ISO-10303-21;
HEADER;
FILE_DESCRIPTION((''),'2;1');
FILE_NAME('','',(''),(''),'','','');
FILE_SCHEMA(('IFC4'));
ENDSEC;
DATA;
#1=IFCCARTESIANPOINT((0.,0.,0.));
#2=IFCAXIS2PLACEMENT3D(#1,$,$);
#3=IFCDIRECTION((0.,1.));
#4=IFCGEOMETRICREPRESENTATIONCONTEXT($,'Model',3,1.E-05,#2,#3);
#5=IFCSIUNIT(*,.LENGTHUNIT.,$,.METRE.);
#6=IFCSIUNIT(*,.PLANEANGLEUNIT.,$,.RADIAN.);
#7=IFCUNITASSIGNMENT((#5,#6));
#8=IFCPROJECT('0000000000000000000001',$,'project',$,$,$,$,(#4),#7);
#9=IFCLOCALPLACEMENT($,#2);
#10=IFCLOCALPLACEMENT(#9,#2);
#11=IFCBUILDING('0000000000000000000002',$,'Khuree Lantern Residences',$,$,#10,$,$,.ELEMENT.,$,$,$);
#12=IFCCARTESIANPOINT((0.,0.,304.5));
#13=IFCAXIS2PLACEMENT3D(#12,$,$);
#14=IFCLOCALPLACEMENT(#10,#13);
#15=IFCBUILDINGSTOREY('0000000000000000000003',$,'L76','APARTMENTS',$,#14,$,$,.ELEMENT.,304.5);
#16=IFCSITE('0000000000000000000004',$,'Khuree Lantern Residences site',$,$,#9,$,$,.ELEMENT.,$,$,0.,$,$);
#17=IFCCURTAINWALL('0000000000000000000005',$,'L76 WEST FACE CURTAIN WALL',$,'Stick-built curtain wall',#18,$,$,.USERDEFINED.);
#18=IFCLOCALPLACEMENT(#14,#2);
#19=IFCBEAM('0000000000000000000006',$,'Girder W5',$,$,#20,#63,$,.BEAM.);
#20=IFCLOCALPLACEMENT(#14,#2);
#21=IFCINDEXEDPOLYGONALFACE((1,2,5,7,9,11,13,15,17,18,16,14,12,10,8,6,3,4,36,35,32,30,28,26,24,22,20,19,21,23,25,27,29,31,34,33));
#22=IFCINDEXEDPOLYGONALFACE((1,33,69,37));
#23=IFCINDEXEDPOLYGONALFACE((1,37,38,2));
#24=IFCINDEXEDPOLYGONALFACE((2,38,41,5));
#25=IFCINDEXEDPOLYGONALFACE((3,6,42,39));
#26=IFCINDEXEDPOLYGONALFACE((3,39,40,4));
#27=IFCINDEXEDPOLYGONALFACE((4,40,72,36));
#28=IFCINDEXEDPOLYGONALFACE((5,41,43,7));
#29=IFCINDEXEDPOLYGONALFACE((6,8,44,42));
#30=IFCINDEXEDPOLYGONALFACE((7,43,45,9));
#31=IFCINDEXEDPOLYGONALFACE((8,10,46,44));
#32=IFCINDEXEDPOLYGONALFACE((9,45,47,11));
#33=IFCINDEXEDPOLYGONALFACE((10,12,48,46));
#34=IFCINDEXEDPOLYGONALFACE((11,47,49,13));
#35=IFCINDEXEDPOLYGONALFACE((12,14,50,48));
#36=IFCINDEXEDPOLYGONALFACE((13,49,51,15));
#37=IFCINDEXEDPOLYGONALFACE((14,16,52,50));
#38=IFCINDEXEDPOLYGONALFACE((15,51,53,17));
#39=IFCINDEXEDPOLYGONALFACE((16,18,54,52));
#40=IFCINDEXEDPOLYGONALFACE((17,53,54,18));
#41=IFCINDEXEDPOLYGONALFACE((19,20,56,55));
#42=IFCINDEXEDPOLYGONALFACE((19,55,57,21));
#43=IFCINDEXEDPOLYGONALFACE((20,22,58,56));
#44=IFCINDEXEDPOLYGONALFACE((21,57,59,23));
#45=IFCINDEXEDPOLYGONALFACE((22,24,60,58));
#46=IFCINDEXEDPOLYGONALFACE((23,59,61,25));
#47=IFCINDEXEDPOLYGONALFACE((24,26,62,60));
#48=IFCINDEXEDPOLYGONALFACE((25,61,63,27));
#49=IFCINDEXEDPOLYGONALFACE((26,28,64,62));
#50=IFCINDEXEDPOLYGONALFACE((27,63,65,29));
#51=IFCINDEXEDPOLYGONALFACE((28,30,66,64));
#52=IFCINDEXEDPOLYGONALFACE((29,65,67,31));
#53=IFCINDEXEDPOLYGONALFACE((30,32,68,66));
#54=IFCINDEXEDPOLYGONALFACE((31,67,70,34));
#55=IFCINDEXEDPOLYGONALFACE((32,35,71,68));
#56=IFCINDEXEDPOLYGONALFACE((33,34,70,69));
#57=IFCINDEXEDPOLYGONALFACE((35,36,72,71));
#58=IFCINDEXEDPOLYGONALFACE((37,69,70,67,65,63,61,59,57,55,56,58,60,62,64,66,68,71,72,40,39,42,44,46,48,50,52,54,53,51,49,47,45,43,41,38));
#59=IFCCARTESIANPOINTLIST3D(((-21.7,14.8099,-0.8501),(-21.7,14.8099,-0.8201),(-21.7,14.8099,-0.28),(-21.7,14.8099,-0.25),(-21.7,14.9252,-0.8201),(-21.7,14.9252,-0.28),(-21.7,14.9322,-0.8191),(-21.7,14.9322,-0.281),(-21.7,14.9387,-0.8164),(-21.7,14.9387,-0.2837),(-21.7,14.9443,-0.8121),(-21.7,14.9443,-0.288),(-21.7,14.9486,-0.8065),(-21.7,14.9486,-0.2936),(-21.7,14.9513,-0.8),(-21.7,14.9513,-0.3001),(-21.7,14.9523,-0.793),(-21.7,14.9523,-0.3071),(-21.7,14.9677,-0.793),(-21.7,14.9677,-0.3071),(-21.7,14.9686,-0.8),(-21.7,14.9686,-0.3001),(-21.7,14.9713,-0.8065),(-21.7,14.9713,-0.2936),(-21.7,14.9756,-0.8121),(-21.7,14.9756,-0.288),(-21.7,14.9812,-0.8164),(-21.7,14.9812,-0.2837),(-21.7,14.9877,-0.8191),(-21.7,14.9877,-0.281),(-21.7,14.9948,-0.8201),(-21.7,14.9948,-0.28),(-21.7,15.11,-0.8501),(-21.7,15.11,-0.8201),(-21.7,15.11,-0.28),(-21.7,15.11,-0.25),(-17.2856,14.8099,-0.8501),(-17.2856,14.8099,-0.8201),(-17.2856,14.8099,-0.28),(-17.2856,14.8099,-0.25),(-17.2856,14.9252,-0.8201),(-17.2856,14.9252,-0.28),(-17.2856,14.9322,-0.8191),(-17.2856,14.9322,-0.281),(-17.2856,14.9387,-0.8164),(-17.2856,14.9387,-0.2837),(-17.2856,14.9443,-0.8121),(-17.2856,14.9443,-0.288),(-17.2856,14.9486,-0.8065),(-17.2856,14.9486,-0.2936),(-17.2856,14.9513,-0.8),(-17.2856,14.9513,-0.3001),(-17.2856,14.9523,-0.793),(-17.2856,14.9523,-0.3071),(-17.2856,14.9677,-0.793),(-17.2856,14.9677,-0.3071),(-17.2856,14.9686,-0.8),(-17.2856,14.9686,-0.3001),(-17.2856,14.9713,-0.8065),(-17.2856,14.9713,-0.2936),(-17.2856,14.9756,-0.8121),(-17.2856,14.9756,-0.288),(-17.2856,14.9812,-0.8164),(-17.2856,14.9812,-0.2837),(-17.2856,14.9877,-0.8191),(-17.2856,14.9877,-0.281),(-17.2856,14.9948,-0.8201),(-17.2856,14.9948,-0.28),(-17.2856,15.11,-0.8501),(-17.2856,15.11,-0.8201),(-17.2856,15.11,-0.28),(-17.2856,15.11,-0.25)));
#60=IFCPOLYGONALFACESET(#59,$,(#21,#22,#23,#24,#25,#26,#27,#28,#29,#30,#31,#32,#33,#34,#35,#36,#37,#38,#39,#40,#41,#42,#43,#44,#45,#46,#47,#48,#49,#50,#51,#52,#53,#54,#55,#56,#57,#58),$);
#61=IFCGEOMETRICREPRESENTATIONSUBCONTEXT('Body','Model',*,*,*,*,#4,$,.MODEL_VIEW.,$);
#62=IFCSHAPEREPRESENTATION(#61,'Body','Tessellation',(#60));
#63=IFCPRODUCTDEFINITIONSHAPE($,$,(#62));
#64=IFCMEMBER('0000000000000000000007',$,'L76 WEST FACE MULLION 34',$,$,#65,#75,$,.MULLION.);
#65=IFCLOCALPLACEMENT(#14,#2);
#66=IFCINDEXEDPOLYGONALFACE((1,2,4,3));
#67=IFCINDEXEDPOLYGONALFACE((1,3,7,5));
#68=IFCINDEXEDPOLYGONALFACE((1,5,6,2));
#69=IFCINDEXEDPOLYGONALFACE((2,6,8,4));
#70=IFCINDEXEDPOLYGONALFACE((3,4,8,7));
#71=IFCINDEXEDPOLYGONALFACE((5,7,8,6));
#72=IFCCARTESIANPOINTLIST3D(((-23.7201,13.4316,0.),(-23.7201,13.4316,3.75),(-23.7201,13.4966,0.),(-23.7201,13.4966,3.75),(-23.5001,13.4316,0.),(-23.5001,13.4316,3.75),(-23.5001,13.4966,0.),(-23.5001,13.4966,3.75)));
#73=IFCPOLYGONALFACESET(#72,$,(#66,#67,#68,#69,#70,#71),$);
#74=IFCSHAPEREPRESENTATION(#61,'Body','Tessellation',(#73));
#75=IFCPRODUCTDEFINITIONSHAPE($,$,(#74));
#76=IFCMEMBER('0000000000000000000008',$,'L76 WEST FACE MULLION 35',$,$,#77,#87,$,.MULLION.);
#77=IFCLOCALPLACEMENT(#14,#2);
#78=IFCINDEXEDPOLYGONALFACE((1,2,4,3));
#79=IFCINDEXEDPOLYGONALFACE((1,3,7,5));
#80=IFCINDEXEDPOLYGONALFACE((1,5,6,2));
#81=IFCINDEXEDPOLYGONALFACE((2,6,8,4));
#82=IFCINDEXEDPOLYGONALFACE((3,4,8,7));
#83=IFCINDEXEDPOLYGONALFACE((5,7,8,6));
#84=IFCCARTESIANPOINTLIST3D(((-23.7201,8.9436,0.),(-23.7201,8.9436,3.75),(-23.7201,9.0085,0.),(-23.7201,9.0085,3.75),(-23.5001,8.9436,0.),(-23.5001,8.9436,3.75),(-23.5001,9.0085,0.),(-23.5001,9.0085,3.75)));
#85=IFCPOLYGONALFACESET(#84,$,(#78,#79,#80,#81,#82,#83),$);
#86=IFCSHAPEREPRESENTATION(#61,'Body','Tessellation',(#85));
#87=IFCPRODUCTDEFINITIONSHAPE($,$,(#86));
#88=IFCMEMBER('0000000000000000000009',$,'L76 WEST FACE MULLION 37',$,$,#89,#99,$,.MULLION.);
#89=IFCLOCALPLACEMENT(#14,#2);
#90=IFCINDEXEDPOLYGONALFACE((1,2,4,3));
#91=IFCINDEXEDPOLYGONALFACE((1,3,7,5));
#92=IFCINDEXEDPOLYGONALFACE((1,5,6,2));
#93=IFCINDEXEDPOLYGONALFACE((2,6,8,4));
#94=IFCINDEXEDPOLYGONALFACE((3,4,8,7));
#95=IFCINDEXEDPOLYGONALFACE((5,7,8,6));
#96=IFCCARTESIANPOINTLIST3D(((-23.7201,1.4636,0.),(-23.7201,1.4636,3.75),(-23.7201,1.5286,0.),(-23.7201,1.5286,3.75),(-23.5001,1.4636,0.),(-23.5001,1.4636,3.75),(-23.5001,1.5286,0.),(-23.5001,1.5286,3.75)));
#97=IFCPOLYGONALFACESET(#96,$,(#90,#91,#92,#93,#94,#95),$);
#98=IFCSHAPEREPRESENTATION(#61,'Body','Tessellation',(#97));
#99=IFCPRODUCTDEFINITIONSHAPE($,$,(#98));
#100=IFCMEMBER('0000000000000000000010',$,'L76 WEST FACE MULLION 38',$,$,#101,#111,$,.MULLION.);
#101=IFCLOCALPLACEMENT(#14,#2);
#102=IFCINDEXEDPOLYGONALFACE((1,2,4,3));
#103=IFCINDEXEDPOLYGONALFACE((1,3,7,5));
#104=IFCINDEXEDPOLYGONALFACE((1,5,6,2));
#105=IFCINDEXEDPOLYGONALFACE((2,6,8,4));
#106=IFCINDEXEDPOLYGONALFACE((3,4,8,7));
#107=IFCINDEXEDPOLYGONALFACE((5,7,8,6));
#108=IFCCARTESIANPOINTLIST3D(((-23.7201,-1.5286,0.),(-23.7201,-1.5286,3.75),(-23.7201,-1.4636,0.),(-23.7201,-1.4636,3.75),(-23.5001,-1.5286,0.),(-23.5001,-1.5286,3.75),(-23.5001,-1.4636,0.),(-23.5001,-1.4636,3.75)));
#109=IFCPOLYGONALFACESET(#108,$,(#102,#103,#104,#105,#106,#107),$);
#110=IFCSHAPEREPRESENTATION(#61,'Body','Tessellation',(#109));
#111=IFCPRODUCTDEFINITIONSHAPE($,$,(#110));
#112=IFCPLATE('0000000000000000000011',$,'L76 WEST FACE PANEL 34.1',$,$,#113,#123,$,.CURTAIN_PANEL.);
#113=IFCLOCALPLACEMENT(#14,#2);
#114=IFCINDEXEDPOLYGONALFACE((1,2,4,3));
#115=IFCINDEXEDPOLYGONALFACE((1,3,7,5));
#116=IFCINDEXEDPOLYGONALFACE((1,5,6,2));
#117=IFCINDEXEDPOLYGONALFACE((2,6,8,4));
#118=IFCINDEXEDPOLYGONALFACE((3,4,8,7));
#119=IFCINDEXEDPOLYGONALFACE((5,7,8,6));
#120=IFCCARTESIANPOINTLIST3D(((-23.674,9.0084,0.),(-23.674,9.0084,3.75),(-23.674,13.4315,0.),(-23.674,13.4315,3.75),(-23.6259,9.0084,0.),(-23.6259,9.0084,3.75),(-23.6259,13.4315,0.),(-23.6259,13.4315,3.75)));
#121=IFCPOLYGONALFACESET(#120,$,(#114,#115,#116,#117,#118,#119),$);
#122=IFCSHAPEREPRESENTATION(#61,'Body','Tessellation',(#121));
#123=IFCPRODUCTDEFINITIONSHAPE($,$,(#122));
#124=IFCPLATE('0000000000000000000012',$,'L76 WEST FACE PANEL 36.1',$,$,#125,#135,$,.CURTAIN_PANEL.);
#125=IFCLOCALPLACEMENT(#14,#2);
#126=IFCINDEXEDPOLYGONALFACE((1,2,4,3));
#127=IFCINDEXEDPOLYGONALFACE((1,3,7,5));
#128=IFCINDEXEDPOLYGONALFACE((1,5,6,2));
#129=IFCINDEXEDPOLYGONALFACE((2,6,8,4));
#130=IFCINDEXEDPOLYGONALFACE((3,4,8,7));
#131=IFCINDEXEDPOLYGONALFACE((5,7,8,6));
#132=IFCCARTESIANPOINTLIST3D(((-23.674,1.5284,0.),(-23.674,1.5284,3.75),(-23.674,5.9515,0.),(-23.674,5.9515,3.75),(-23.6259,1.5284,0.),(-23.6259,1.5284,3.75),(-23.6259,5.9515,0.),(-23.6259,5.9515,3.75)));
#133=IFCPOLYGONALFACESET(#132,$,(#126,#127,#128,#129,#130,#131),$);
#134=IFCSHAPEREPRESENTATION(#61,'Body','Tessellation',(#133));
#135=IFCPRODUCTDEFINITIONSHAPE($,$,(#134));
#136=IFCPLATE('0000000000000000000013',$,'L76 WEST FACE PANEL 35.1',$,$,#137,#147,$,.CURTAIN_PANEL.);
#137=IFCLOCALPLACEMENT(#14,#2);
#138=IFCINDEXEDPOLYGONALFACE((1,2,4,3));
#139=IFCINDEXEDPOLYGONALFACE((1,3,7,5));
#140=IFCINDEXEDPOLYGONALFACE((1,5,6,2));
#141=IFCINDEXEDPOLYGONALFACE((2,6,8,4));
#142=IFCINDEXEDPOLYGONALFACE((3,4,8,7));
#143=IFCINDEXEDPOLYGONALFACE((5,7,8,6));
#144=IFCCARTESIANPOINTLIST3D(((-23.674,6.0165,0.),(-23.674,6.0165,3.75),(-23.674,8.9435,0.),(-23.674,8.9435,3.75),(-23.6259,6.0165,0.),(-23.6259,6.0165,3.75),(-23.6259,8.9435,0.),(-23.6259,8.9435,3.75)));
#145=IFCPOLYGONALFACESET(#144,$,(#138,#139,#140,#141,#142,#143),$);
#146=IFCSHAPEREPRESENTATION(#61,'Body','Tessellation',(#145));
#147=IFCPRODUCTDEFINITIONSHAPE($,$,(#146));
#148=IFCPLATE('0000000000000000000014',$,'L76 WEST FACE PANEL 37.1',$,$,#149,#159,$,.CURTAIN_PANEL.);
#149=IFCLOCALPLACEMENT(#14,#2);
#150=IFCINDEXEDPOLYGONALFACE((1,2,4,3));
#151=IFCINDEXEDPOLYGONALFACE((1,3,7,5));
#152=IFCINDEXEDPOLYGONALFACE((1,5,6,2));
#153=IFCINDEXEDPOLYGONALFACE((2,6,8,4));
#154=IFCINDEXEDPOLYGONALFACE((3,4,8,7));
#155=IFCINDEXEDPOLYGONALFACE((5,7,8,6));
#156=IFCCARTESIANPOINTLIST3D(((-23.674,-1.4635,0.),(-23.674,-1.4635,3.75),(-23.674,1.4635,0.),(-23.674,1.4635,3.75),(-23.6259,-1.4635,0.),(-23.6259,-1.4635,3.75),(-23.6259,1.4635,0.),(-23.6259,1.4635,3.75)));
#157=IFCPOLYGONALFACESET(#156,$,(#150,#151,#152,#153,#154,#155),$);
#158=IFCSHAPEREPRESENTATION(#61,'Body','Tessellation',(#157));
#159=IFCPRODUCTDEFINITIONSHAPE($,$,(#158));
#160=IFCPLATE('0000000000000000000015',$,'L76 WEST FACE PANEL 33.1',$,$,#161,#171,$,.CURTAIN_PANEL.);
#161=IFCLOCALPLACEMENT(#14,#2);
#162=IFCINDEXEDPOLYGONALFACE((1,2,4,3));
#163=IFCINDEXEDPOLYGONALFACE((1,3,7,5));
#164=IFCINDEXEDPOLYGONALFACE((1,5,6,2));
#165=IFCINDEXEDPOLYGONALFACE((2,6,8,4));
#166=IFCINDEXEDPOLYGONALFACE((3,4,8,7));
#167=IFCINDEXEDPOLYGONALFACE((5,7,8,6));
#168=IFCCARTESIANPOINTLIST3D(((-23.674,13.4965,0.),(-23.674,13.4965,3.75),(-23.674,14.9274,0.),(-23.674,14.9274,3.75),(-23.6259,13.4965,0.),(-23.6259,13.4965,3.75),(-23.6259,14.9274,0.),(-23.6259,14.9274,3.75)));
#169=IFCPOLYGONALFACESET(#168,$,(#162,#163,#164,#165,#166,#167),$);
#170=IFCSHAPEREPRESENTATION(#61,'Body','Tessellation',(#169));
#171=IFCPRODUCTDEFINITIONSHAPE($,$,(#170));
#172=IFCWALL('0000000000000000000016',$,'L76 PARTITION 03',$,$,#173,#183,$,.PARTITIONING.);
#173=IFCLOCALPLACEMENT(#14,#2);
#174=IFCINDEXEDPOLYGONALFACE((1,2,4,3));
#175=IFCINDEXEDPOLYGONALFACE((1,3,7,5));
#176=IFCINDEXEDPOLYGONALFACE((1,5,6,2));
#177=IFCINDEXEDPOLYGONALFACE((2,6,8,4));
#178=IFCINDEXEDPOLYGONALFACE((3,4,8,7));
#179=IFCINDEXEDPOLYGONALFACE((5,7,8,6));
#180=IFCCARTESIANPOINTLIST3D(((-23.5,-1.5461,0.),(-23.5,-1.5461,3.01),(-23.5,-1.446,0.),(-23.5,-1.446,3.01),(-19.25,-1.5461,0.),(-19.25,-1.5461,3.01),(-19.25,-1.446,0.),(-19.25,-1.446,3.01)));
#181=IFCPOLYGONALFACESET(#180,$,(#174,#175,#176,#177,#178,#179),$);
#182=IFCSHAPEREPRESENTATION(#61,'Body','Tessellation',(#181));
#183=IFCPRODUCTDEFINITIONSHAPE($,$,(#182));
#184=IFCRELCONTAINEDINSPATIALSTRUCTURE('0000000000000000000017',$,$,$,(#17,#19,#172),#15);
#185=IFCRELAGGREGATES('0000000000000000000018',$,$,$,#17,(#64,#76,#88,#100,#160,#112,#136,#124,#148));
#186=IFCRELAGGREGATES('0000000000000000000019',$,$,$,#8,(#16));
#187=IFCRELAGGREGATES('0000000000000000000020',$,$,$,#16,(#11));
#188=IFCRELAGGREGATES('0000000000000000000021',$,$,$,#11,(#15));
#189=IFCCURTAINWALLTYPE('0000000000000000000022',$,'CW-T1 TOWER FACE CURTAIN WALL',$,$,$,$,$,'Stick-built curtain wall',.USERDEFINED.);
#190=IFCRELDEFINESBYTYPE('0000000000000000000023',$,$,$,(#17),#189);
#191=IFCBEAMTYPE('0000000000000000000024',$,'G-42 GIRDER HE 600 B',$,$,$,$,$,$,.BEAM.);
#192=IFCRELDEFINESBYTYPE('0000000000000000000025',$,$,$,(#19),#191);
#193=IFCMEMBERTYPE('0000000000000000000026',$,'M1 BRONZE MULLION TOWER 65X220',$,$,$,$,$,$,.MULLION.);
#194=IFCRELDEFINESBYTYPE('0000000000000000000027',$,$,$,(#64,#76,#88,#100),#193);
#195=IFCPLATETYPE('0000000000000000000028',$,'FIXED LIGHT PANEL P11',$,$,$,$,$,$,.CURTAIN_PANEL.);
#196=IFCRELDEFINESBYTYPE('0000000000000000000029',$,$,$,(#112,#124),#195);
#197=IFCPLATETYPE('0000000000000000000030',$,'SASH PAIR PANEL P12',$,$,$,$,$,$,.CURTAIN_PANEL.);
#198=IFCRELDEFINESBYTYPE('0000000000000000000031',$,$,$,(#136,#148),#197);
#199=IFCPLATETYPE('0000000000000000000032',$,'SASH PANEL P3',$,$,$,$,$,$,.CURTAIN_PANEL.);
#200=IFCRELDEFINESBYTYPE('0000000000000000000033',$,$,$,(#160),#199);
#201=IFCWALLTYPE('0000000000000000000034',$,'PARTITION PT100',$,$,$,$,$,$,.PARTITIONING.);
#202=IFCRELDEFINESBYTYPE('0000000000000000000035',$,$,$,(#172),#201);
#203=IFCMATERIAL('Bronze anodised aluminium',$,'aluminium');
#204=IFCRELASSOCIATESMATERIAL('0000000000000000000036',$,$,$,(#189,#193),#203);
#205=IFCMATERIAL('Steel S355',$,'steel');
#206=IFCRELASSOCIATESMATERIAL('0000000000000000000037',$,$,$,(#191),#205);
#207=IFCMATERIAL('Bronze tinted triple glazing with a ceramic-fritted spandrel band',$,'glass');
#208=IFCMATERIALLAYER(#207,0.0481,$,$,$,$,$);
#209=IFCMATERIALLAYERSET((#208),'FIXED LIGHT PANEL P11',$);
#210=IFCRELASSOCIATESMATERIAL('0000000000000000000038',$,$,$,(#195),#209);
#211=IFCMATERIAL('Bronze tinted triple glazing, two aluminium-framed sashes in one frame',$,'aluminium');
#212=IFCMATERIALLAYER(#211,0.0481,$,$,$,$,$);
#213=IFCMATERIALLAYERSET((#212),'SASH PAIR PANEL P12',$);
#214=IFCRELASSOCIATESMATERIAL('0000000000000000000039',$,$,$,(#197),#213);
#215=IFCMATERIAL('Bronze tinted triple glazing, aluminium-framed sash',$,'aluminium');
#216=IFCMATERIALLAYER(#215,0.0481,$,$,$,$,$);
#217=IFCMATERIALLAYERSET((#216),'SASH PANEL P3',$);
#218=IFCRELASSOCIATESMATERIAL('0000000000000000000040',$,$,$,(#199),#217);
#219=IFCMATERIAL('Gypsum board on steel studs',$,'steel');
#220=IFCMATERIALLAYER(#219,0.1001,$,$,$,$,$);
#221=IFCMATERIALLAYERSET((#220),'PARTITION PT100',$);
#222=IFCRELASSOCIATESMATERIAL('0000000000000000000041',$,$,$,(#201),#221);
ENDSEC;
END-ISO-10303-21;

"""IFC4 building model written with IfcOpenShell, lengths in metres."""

from ifc_helpers import new_model, si_unit, direction, frame, frame_2d, origin, origin_2d, place, context, subcontext, project, spatial, rectangle, i_section, extrude, material, layer, layer_set, material_profile, profile_set, type_object, element, aggregate, save


model = new_model("IFC4")

# Units and contexts
model_context = context("Model", 3, precision=1e-05, world=origin(), true_north=direction((0.0, 1.0)))
body_context = subcontext(model_context, "Body", "Model", "MODEL_VIEW")
ifc_project = project(units=[si_unit("LENGTHUNIT", "METRE"), si_unit("PLANEANGLEUNIT", "RADIAN")], contexts=[model_context])

# Site, building, storey
site_placement = place(None, origin())
site = spatial("IfcSite", under=ifc_project, at=site_placement, Name="Khuree Lantern Residences site", CompositionType="ELEMENT", RefElevation=0.0)
building_placement = place(site_placement, origin())
building = spatial("IfcBuilding", under=site, at=building_placement, Name="Khuree Lantern Residences", CompositionType="ELEMENT")
storey_placement = place(building_placement, frame((0.0, 0.0, 304.5)))
storey = spatial("IfcBuildingStorey", under=building, at=storey_placement, Name="L76", Description="APARTMENTS", CompositionType="ELEMENT", Elevation=304.5)

# Shared definitions
ifc_material_1 = material(Name="Steel S355", Category="steel")

# Curtain wall
ifc_material_2 = material(Name="Bronze anodised aluminium", Category="aluminium")
curtain_wall_type = type_object("IfcCurtainWallType", Name="CW-T1 TOWER FACE CURTAIN WALL", ElementType="Stick-built curtain wall", PredefinedType="USERDEFINED", material=ifc_material_2)
curtain_wall_placement = place(storey_placement, origin())
curtain_wall = element("IfcCurtainWall", 1, at=curtain_wall_placement, inside=storey, type_object=curtain_wall_type, Name="L76 WEST FACE CURTAIN WALL", ObjectType="Stick-built curtain wall", PredefinedType="USERDEFINED")

# Beam
ifc_material_profile_1 = material_profile(ifc_material_1, i_section(OverallWidth=0.3, OverallDepth=0.6001, WebThickness=0.0154, FlangeThickness=0.03, FilletRadius=0.0271, at=origin_2d()), Name="HE 600 B")
ifc_profile_set_1 = profile_set([ifc_material_profile_1], Name="Steel S355")
beam_type_1 = type_object("IfcBeamType", Name="G-42 GIRDER HE 600 B", PredefinedType="BEAM", material=ifc_profile_set_1)
beam_placement = place(storey_placement, frame((-21.7, 14.96, -0.55), z_axis=(1.0, 0.0, 0.0), x_axis=(0.0, 1.0, 0.0)))
element("IfcBeam", 2, at=beam_placement, inside=storey, type_object=beam_type_1, Name="Girder W5", PredefinedType="BEAM", context=body_context, shape_type="SweptSolid", body=[
    extrude(i_section(OverallWidth=0.3, OverallDepth=0.6001, WebThickness=0.0154, FlangeThickness=0.03, FilletRadius=0.0271, at=origin_2d()), origin(), (0.0, 0.0, 1.0), 4.4143),
])

# Members
ifc_material_profile_2 = material_profile(ifc_material_2, rectangle(XDim=0.0649, YDim=0.22, at=origin_2d()), Name="M1 65X220")
ifc_profile_set_2 = profile_set([ifc_material_profile_2], Name="Bronze anodised aluminium")
member_type_1 = type_object("IfcMemberType", Name="M1 BRONZE MULLION TOWER 65X220", PredefinedType="MULLION", material=ifc_profile_set_2)
member_1_placement = place(storey_placement, frame((-23.6101, 13.4641, 0.0), z_axis=(0.0, 0.0, 1.0), x_axis=(0.0, -1.0, 0.0)))
member_1 = element("IfcMember", 3, at=member_1_placement, type_object=member_type_1, Name="L76 WEST FACE MULLION 34", PredefinedType="MULLION", context=body_context, shape_type="SweptSolid", body=[
    extrude(rectangle(XDim=0.0649, YDim=0.22, at=origin_2d()), origin(), (0.0, 0.0, 1.0), 3.75),
])
member_2_placement = place(storey_placement, frame((-23.6101, 8.9761, 0.0), z_axis=(0.0, 0.0, 1.0), x_axis=(0.0, -1.0, 0.0)))
member_2 = element("IfcMember", 4, at=member_2_placement, type_object=member_type_1, Name="L76 WEST FACE MULLION 35", PredefinedType="MULLION", context=body_context, shape_type="SweptSolid", body=[
    extrude(rectangle(XDim=0.0649, YDim=0.22, at=origin_2d()), origin(), (0.0, 0.0, 1.0), 3.75),
])
member_3_placement = place(storey_placement, frame((-23.6101, 1.4961, 0.0), z_axis=(0.0, 0.0, 1.0), x_axis=(0.0, -1.0, 0.0)))
member_3 = element("IfcMember", 5, at=member_3_placement, type_object=member_type_1, Name="L76 WEST FACE MULLION 37", PredefinedType="MULLION", context=body_context, shape_type="SweptSolid", body=[
    extrude(rectangle(XDim=0.0649, YDim=0.22, at=origin_2d()), origin(), (0.0, 0.0, 1.0), 3.75),
])
member_4_placement = place(storey_placement, frame((-23.6101, -1.4961, 0.0), z_axis=(0.0, 0.0, 1.0), x_axis=(0.0, -1.0, 0.0)))
member_4 = element("IfcMember", 6, at=member_4_placement, type_object=member_type_1, Name="L76 WEST FACE MULLION 38", PredefinedType="MULLION", context=body_context, shape_type="SweptSolid", body=[
    extrude(rectangle(XDim=0.0649, YDim=0.22, at=origin_2d()), origin(), (0.0, 0.0, 1.0), 3.75),
])

# Plates
ifc_material_3 = material(Name="Bronze tinted triple glazing with a ceramic-fritted spandrel band", Category="glass")
ifc_layer_1 = layer(ifc_material_3, 0.0481)
ifc_layer_set_1 = layer_set([ifc_layer_1], Name="FIXED LIGHT PANEL P11")
plate_type_1 = type_object("IfcPlateType", Name="FIXED LIGHT PANEL P11", PredefinedType="CURTAIN_PANEL", material=ifc_layer_set_1)
plate_1_placement = place(storey_placement, frame((-23.6499, 11.22, 0.0), z_axis=(0.0, 0.0, 1.0), x_axis=(0.0, -1.0, 0.0)))
plate_1 = element("IfcPlate", 7, at=plate_1_placement, type_object=plate_type_1, Name="L76 WEST FACE PANEL 34.1", PredefinedType="CURTAIN_PANEL", context=body_context, shape_type="SweptSolid", body=[
    extrude(rectangle(XDim=4.4231, YDim=0.0481, at=origin_2d()), origin(), (0.0, 0.0, 1.0), 3.75),
])
plate_2_placement = place(storey_placement, frame((-23.6499, 3.74, 0.0), z_axis=(0.0, 0.0, 1.0), x_axis=(0.0, -1.0, 0.0)))
plate_2 = element("IfcPlate", 8, at=plate_2_placement, type_object=plate_type_1, Name="L76 WEST FACE PANEL 36.1", PredefinedType="CURTAIN_PANEL", context=body_context, shape_type="SweptSolid", body=[
    extrude(rectangle(XDim=4.4231, YDim=0.0481, at=origin_2d()), origin(), (0.0, 0.0, 1.0), 3.75),
])
ifc_material_4 = material(Name="Bronze tinted triple glazing, two aluminium-framed sashes in one frame", Category="aluminium")
ifc_layer_2 = layer(ifc_material_4, 0.0481)
ifc_layer_set_2 = layer_set([ifc_layer_2], Name="SASH PAIR PANEL P12")
plate_type_2 = type_object("IfcPlateType", Name="SASH PAIR PANEL P12", PredefinedType="CURTAIN_PANEL", material=ifc_layer_set_2)
plate_3_placement = place(storey_placement, frame((-23.6499, 7.48, 0.0), z_axis=(0.0, 0.0, 1.0), x_axis=(0.0, -1.0, 0.0)))
plate_3 = element("IfcPlate", 9, at=plate_3_placement, type_object=plate_type_2, Name="L76 WEST FACE PANEL 35.1", PredefinedType="CURTAIN_PANEL", context=body_context, shape_type="SweptSolid", body=[
    extrude(rectangle(XDim=2.927, YDim=0.0481, at=origin_2d()), origin(), (0.0, 0.0, 1.0), 3.75),
])
plate_4_placement = place(storey_placement, frame((-23.6499, 0.0, 0.0), z_axis=(0.0, 0.0, 1.0), x_axis=(0.0, -1.0, 0.0)))
plate_4 = element("IfcPlate", 10, at=plate_4_placement, type_object=plate_type_2, Name="L76 WEST FACE PANEL 37.1", PredefinedType="CURTAIN_PANEL", context=body_context, shape_type="SweptSolid", body=[
    extrude(rectangle(XDim=2.927, YDim=0.0481, at=origin_2d()), origin(), (0.0, 0.0, 1.0), 3.75),
])
ifc_material_5 = material(Name="Bronze tinted triple glazing, aluminium-framed sash", Category="aluminium")
ifc_layer_3 = layer(ifc_material_5, 0.0481)
ifc_layer_set_3 = layer_set([ifc_layer_3], Name="SASH PANEL P3")
plate_type_3 = type_object("IfcPlateType", Name="SASH PANEL P3", PredefinedType="CURTAIN_PANEL", material=ifc_layer_set_3)
plate_5_placement = place(storey_placement, frame((-23.6499, 14.2119, 0.0), z_axis=(0.0, 0.0, 1.0), x_axis=(0.0, -1.0, 0.0)))
plate_5 = element("IfcPlate", 11, at=plate_5_placement, type_object=plate_type_3, Name="L76 WEST FACE PANEL 33.1", PredefinedType="CURTAIN_PANEL", context=body_context, shape_type="SweptSolid", body=[
    extrude(rectangle(XDim=1.4309, YDim=0.0481, at=origin_2d()), origin(), (0.0, 0.0, 1.0), 3.75),
])
aggregate(curtain_wall, [member_1, member_2, member_3, member_4, plate_5, plate_1, plate_3, plate_2, plate_4])

# Wall
ifc_material_6 = material(Name="Gypsum board on steel studs", Category="steel")
ifc_layer_4 = layer(ifc_material_6, 0.1001)
ifc_layer_set_4 = layer_set([ifc_layer_4], Name="PARTITION PT100")
wall_type = type_object("IfcWallType", Name="PARTITION PT100", PredefinedType="PARTITIONING", material=ifc_layer_set_4)
wall_placement = place(storey_placement, frame((-19.25, -1.4961, 0.0), z_axis=(0.0, 0.0, 1.0), x_axis=(-1.0, 0.0, 0.0)))
element("IfcWall", 12, at=wall_placement, inside=storey, type_object=wall_type, Name="L76 PARTITION 03", PredefinedType="PARTITIONING", context=body_context, shape_type="SweptSolid", body=[
    extrude(rectangle(XDim=4.25, YDim=0.1001, at=frame_2d((2.125, 0.0))), origin(), (0.0, 0.0, 1.0), 3.01),
])

save(model, "model.ifc")
